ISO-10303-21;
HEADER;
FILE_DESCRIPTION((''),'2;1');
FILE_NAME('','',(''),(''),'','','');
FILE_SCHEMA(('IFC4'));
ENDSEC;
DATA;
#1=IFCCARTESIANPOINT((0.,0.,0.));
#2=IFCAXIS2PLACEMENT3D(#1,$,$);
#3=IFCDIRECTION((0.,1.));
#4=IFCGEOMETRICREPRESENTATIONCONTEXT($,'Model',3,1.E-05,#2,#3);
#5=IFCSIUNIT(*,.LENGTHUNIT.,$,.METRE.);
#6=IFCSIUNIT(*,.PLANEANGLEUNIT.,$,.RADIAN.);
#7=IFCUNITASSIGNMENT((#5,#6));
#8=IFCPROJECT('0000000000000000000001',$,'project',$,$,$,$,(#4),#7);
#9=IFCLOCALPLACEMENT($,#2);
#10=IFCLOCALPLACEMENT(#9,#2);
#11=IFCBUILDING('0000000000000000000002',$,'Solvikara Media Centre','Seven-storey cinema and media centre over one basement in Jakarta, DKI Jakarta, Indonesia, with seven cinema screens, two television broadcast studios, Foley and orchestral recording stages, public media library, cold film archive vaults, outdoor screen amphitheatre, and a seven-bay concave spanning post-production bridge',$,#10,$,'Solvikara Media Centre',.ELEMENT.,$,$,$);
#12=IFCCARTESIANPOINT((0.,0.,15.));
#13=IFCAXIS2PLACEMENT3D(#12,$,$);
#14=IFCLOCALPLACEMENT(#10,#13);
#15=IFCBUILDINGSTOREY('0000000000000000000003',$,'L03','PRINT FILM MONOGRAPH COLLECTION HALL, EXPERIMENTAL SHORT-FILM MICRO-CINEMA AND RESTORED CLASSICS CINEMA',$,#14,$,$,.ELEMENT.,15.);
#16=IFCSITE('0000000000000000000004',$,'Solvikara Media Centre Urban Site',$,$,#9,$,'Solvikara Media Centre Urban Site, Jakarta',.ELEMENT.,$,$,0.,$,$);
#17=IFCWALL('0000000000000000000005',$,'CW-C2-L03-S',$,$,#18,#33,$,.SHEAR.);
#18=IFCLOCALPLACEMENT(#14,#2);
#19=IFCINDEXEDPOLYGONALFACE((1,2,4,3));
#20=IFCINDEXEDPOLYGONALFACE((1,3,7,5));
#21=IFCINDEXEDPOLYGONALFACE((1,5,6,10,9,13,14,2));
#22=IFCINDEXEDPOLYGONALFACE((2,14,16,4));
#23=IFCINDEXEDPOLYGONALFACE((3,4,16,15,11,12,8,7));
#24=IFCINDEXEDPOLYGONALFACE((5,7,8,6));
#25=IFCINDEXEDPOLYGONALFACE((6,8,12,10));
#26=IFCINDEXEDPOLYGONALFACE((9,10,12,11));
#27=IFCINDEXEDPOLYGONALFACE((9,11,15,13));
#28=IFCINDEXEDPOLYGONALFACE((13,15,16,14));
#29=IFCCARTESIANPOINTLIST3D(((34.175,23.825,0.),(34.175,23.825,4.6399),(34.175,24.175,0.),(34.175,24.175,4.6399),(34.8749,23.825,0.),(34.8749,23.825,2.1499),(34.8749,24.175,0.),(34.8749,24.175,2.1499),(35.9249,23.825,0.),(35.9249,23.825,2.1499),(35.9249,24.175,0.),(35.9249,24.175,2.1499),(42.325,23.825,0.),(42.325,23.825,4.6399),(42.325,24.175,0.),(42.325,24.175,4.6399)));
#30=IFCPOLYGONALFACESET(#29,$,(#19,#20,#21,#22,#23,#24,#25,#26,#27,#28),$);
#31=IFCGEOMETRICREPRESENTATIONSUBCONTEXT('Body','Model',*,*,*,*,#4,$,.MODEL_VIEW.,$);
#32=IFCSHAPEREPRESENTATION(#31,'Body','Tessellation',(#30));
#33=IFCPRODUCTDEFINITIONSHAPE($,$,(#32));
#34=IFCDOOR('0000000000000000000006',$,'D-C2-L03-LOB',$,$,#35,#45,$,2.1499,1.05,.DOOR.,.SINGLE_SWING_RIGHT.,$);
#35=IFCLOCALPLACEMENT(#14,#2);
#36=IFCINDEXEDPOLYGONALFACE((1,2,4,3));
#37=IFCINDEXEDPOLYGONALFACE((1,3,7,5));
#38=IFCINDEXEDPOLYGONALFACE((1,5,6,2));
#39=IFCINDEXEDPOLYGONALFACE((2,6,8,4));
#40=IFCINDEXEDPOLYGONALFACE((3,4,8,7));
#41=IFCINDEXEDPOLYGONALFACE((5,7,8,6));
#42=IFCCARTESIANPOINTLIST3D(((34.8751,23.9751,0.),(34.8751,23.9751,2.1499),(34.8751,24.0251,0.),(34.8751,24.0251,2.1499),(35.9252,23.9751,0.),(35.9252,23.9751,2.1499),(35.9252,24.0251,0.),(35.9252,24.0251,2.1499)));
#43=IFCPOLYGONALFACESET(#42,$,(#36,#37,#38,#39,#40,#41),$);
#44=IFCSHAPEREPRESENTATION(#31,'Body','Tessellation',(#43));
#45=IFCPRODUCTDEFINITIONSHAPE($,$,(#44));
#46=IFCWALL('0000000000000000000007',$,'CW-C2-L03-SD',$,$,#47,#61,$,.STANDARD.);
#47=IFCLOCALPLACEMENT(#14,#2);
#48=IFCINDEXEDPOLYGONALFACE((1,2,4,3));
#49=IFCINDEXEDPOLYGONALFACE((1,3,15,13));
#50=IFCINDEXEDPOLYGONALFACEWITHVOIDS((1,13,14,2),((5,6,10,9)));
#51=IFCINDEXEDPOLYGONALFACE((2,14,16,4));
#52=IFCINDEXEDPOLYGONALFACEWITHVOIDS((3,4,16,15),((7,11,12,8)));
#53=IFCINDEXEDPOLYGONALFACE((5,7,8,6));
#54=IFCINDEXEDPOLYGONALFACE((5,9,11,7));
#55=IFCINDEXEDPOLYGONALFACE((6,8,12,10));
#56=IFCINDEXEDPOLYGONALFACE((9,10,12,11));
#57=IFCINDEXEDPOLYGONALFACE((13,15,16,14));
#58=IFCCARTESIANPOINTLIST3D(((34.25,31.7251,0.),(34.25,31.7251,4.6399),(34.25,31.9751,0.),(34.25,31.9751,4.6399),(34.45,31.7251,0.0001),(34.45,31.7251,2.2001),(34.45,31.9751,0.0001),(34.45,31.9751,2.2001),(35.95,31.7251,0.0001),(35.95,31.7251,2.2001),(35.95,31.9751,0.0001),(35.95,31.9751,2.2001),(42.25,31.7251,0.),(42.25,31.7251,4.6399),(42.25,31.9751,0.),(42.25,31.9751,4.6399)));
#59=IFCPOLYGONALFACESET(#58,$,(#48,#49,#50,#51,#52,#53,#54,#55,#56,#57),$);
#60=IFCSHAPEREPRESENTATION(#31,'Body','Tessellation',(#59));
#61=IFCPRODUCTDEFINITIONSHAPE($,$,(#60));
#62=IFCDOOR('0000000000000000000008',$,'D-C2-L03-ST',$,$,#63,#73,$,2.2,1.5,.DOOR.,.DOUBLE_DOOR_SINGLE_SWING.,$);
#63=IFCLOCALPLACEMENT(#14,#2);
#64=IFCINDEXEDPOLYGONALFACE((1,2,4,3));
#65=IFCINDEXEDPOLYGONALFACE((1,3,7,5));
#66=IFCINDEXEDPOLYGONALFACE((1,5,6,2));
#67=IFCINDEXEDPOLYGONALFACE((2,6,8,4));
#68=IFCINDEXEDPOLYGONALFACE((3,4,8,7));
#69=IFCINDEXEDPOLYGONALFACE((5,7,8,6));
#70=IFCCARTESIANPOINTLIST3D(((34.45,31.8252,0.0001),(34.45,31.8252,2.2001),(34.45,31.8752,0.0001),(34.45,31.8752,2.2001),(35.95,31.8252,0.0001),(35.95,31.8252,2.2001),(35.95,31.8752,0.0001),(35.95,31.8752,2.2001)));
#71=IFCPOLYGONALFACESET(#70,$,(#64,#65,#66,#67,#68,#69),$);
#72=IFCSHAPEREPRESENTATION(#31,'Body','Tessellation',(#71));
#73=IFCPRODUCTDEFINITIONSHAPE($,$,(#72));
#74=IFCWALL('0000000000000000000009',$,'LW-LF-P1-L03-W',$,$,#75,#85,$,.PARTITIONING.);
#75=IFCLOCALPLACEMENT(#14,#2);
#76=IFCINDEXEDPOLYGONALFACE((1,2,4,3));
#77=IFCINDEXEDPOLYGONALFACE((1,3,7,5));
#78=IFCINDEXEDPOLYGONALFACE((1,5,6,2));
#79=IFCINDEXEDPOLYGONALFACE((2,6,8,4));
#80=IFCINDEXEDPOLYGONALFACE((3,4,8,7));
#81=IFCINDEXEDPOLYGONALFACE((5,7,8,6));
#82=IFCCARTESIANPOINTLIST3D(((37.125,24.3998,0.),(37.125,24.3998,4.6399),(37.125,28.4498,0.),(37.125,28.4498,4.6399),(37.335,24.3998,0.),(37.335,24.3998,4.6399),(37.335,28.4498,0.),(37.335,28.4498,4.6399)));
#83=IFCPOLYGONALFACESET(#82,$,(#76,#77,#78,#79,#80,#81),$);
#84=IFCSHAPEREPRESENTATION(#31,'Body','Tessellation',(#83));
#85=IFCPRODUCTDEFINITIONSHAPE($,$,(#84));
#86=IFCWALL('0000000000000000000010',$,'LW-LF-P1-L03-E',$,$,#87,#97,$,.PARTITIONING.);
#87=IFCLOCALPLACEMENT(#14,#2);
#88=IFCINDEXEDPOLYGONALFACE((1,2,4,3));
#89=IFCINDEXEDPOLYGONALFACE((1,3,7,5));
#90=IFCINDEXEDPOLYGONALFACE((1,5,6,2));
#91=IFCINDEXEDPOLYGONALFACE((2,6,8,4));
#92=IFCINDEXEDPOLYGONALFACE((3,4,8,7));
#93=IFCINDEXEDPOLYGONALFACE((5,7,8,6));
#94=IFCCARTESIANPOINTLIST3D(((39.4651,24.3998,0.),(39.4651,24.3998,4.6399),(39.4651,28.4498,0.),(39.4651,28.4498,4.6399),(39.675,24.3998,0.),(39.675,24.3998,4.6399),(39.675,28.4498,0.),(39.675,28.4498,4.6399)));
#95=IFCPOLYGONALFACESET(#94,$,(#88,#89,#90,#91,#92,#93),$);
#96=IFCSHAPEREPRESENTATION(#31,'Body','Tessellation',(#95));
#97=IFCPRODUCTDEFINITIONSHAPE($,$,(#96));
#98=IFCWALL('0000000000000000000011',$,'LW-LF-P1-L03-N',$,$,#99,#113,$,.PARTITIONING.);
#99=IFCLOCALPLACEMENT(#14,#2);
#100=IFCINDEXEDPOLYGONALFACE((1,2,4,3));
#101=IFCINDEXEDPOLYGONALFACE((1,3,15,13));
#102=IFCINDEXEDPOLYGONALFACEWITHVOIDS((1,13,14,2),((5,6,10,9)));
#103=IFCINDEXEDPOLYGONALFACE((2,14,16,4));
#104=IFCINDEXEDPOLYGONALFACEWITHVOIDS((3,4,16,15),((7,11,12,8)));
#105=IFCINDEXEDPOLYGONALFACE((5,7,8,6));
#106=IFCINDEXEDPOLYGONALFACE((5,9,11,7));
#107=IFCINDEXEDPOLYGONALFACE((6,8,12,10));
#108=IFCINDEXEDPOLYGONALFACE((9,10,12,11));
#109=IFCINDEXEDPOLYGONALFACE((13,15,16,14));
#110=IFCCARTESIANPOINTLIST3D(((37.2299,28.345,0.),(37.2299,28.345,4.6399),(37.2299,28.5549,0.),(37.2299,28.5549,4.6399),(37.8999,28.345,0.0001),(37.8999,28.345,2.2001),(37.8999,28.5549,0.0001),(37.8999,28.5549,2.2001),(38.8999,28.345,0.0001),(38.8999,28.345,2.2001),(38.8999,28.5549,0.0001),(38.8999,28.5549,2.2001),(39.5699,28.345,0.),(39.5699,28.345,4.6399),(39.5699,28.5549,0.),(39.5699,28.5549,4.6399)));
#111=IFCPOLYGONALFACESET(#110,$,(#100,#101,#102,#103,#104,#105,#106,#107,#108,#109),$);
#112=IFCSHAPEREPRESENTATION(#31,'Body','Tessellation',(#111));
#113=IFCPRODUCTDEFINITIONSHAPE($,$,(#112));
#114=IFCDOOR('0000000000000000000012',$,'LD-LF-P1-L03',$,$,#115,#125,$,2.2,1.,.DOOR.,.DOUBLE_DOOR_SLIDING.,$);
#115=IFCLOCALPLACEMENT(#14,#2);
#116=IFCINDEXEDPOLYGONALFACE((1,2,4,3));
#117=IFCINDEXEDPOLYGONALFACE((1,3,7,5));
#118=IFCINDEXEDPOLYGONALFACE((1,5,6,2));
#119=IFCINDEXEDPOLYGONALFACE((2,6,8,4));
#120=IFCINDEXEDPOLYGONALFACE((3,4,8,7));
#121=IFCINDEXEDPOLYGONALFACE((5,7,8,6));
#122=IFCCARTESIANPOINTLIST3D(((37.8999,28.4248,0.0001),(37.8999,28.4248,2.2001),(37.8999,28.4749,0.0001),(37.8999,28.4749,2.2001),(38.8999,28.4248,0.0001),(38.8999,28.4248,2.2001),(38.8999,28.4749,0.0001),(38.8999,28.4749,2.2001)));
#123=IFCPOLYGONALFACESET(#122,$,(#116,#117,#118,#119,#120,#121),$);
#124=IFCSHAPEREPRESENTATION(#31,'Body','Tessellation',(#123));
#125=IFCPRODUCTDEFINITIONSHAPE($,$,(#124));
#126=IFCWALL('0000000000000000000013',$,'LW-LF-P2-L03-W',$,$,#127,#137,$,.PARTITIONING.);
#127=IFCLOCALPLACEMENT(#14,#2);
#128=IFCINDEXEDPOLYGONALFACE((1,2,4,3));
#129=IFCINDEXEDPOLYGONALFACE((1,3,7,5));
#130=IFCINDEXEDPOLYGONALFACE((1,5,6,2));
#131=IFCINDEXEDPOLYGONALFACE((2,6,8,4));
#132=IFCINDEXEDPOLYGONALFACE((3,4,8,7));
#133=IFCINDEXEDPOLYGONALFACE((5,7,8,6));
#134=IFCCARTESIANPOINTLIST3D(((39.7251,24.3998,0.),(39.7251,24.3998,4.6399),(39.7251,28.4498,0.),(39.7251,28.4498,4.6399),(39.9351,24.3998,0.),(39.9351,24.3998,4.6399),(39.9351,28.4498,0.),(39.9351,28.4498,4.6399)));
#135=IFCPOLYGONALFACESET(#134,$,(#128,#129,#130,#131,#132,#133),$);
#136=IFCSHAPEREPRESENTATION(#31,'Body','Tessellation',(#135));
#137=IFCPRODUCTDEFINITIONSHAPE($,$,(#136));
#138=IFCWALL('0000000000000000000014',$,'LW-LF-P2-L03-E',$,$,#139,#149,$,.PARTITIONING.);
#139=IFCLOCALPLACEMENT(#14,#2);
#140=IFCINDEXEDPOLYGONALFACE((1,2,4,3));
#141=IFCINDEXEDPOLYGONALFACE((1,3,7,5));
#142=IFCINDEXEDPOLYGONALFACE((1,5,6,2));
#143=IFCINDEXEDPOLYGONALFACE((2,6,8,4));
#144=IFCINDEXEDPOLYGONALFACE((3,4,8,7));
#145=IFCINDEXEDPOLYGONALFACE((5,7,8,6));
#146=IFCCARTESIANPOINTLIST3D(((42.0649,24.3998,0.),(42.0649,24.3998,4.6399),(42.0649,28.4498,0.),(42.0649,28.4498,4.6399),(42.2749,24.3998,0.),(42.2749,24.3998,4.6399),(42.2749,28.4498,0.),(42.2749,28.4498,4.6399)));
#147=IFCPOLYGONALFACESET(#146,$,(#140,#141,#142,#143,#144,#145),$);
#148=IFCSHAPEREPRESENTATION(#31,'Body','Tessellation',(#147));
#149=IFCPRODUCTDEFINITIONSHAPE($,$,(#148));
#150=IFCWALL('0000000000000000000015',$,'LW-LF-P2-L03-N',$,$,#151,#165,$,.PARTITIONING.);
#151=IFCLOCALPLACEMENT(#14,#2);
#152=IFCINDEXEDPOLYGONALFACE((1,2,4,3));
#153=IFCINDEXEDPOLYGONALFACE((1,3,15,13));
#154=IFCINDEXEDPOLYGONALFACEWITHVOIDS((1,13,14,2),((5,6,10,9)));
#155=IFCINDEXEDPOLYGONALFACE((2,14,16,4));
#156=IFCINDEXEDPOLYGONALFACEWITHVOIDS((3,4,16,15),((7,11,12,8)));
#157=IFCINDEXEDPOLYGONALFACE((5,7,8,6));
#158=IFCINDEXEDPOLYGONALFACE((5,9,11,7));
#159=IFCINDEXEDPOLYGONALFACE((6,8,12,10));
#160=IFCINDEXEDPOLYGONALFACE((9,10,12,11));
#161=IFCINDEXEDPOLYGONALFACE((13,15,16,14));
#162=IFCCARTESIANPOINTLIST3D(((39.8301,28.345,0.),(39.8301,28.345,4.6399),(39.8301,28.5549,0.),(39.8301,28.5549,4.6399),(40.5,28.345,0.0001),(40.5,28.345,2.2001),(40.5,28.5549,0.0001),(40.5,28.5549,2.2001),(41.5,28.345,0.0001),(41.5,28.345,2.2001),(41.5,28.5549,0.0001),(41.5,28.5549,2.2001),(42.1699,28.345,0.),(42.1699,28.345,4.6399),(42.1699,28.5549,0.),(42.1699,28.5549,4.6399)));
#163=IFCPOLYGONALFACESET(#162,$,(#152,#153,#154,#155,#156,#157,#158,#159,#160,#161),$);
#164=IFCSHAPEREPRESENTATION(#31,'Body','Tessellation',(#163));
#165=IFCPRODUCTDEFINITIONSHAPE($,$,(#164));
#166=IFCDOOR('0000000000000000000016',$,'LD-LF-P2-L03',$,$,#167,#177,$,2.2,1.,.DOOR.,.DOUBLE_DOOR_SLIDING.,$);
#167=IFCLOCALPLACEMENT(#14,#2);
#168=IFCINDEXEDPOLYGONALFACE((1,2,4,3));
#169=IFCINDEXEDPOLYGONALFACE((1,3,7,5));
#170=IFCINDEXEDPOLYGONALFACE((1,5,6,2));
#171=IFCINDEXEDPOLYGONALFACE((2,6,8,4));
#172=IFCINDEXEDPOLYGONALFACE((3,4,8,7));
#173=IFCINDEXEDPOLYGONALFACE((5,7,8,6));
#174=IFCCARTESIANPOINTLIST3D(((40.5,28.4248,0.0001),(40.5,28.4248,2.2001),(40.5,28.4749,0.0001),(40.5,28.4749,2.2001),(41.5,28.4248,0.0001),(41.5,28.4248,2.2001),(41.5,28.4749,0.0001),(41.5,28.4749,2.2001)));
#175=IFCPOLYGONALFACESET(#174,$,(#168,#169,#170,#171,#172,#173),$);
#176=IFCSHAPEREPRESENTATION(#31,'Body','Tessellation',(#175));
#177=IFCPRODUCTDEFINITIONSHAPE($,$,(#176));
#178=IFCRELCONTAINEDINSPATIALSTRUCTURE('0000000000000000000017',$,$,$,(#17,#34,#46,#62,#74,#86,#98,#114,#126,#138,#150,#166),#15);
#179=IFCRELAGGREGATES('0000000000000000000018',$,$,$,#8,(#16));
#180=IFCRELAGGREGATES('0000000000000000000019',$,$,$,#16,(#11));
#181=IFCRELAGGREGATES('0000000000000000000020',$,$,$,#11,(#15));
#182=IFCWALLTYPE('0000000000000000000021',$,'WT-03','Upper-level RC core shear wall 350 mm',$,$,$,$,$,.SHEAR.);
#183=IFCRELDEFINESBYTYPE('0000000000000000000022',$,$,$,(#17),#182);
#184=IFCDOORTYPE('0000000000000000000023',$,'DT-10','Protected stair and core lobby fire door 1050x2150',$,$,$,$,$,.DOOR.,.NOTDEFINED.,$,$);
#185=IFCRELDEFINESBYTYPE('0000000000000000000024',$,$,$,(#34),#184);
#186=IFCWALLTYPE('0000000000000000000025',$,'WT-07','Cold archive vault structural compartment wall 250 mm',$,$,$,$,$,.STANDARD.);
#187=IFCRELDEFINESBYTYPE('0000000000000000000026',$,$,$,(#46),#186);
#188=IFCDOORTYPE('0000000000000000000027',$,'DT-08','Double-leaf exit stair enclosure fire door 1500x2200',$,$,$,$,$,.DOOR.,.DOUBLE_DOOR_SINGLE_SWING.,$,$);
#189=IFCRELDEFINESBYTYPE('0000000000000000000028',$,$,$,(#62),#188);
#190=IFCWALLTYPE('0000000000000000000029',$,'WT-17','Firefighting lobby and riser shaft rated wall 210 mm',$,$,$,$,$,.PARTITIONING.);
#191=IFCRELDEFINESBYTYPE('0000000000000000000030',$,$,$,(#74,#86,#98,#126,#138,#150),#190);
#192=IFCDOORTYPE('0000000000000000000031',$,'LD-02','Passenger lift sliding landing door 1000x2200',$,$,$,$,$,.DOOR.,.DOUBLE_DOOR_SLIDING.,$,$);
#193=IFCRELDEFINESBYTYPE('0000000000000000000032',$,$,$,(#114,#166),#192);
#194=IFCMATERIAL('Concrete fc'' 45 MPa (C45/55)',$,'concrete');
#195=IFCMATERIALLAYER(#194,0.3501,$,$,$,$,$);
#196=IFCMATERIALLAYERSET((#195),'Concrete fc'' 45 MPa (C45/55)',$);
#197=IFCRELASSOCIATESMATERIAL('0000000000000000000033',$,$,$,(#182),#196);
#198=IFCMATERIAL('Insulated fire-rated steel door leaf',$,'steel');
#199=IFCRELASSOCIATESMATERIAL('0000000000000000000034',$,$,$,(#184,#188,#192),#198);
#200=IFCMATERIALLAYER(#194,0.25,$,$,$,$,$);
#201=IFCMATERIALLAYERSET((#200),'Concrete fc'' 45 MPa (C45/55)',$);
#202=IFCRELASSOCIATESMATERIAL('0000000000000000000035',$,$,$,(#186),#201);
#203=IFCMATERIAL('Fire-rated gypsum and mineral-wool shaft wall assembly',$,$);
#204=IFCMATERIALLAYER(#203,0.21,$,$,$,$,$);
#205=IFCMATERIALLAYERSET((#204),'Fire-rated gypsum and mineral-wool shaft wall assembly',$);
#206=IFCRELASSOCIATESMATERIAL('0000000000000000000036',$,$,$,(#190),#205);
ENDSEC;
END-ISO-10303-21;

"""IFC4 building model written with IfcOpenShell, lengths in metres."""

from ifc_helpers import new_model, si_unit, direction, frame, frame_2d, origin, place, context, subcontext, project, spatial, rectangle, extrude, material, layer, layer_set, type_object, element, fill, save


model = new_model("IFC4")

# Units and contexts
model_context = context("Model", 3, precision=1e-05, world=origin(), true_north=direction((0.0, 1.0)))
body_context = subcontext(model_context, "Body", "Model", "MODEL_VIEW")
ifc_project = project(units=[si_unit("LENGTHUNIT", "METRE"), si_unit("PLANEANGLEUNIT", "RADIAN")], contexts=[model_context])

# Site, building, storey
site_placement = place(None, origin())
site = spatial("IfcSite", under=ifc_project, at=site_placement, Name="Solvikara Media Centre Urban Site", LongName="Solvikara Media Centre Urban Site, Jakarta", CompositionType="ELEMENT", RefElevation=0.0)
building_placement = place(site_placement, origin())
building = spatial("IfcBuilding", under=site, at=building_placement, Name="Solvikara Media Centre", Description="Seven-storey cinema and media centre over one basement in Jakarta, DKI Jakarta, Indonesia, with seven cinema screens, two television broadcast studios, Foley and orchestral recording stages, public media library, cold film archive vaults, outdoor screen amphitheatre, and a seven-bay concave spanning post-production bridge", LongName="Solvikara Media Centre", CompositionType="ELEMENT")
storey_placement = place(building_placement, frame((0.0, 0.0, 15.0)))
storey = spatial("IfcBuildingStorey", under=building, at=storey_placement, Name="L03", Description="PRINT FILM MONOGRAPH COLLECTION HALL, EXPERIMENTAL SHORT-FILM MICRO-CINEMA AND RESTORED CLASSICS CINEMA", CompositionType="ELEMENT", Elevation=15.0)

# Shared definitions
ifc_material_1 = material(Name="Concrete fc' 45 MPa (C45/55)", Category="concrete")

# Shared definitions
ifc_layer_1 = layer(ifc_material_1, 0.3501)
ifc_layer_set_1 = layer_set([ifc_layer_1], Name="Concrete fc' 45 MPa (C45/55)")
wall_type_1 = type_object("IfcWallType", Name="WT-03", Description="Upper-level RC core shear wall 350 mm", PredefinedType="SHEAR", material=ifc_layer_set_1)

# Walls, openings, doors
wall_1_placement = place(storey_placement, frame((34.175, 24.0, 0.0), z_axis=(0.0, 0.0, 1.0), x_axis=(1.0, 0.0, 0.0)))
wall_1 = element("IfcWall", 1, at=wall_1_placement, inside=storey, type_object=wall_type_1, Name="CW-C2-L03-S", PredefinedType="SHEAR", context=body_context, shape_type="SweptSolid", body=[
    extrude(rectangle(XDim=8.1499, YDim=0.3501, at=frame_2d((4.075, 0.0))), origin(), (0.0, 0.0, 1.0), 4.6399),
])
opening_1_placement = place(wall_1_placement, frame((0.7, 0.0, 0.0)))
opening_1 = element("IfcOpeningElement", 2, at=opening_1_placement, cuts=wall_1, PredefinedType="OPENING", context=body_context, shape_type="SweptSolid", body=[
    extrude(rectangle(XDim=1.05, YDim=2.1499, at=frame_2d((0.5249, 1.075))), frame((0.0, 0.187, 0.0), z_axis=(0.0, -1.0, 0.0), x_axis=(1.0, 0.0, 0.0)), (0.0, 0.0, 1.0), 0.374),
])
ifc_material_2 = material(Name="Insulated fire-rated steel door leaf", Category="steel")
door_type_1 = type_object("IfcDoorType", Name="DT-10", Description="Protected stair and core lobby fire door 1050x2150", OperationType="NOTDEFINED", PredefinedType="DOOR", material=ifc_material_2)
door_1_placement = place(opening_1_placement, frame((1.05, 0.0, 0.0), z_axis=(0.0, 0.0, 1.0), x_axis=(-1.0, 0.0, 0.0)))
door_1 = element("IfcDoor", 3, at=door_1_placement, inside=storey, type_object=door_type_1, Name="D-C2-L03-LOB", OperationType="SINGLE_SWING_RIGHT", OverallHeight=2.1499, OverallWidth=1.05, PredefinedType="DOOR", context=body_context, shape_type="SweptSolid", body=[
    extrude(rectangle(XDim=1.05, YDim=2.1499, at=frame_2d((0.5249, 1.075))), frame((0.0, 0.0249, 0.0), z_axis=(0.0, -1.0, 0.0), x_axis=(1.0, 0.0, 0.0)), (0.0, 0.0, 1.0), 0.05),
])
fill(opening_1, door_1)
ifc_layer_2 = layer(ifc_material_1, 0.25)
ifc_layer_set_2 = layer_set([ifc_layer_2], Name="Concrete fc' 45 MPa (C45/55)")
wall_type_2 = type_object("IfcWallType", Name="WT-07", Description="Cold archive vault structural compartment wall 250 mm", PredefinedType="STANDARD", material=ifc_layer_set_2)
wall_2_placement = place(storey_placement, frame((34.25, 31.8501, 0.0), z_axis=(0.0, 0.0, 1.0), x_axis=(1.0, 0.0, 0.0)))
wall_2 = element("IfcWall", 4, at=wall_2_placement, inside=storey, type_object=wall_type_2, Name="CW-C2-L03-SD", PredefinedType="STANDARD", context=body_context, shape_type="SweptSolid", body=[
    extrude(rectangle(XDim=8.0, YDim=0.25, at=frame_2d((4.0, 0.0))), origin(), (0.0, 0.0, 1.0), 4.6399),
])
opening_2_placement = place(wall_2_placement, frame((0.2, 0.0, 0.0)))
opening_2 = element("IfcOpeningElement", 5, at=opening_2_placement, cuts=wall_2, PredefinedType="OPENING", context=body_context, shape_type="SweptSolid", body=[
    extrude(rectangle(XDim=1.5, YDim=2.2, at=frame_2d((0.75, 1.1001))), frame((0.0, 0.137, 0.0), z_axis=(0.0, -1.0, 0.0), x_axis=(1.0, 0.0, 0.0)), (0.0, 0.0, 1.0), 0.2739),
])
door_type_2 = type_object("IfcDoorType", Name="DT-08", Description="Double-leaf exit stair enclosure fire door 1500x2200", OperationType="DOUBLE_DOOR_SINGLE_SWING", PredefinedType="DOOR", material=ifc_material_2)
door_2_placement = place(opening_2_placement, frame((1.5, 0.0, 0.0), z_axis=(0.0, 0.0, 1.0), x_axis=(-1.0, 0.0, 0.0)))
door_2 = element("IfcDoor", 6, at=door_2_placement, inside=storey, type_object=door_type_2, Name="D-C2-L03-ST", OperationType="DOUBLE_DOOR_SINGLE_SWING", OverallHeight=2.2, OverallWidth=1.5, PredefinedType="DOOR", context=body_context, shape_type="SweptSolid", body=[
    extrude(rectangle(XDim=1.5, YDim=2.2, at=frame_2d((0.75, 1.1001))), frame((0.0, 0.0249, 0.0), z_axis=(0.0, -1.0, 0.0), x_axis=(1.0, 0.0, 0.0)), (0.0, 0.0, 1.0), 0.05),
])
fill(opening_2, door_2)

# Walls
ifc_material_3 = material(Name="Fire-rated gypsum and mineral-wool shaft wall assembly")
ifc_layer_3 = layer(ifc_material_3, 0.21)
ifc_layer_set_3 = layer_set([ifc_layer_3], Name="Fire-rated gypsum and mineral-wool shaft wall assembly")
wall_type_3 = type_object("IfcWallType", Name="WT-17", Description="Firefighting lobby and riser shaft rated wall 210 mm", PredefinedType="PARTITIONING", material=ifc_layer_set_3)
for number, where, z_axis, x_axis, name in (
    (7, (37.23, 24.3999, 0.0), (0.0, 0.0, 1.0), (0.0, 1.0, 0.0), "LW-LF-P1-L03-W"),
    (8, (39.5701, 24.3999, 0.0), (0.0, 0.0, 1.0), (0.0, 1.0, 0.0), "LW-LF-P1-L03-E"),
):
    element("IfcWall", number, at=place(storey_placement, frame(where, z_axis=z_axis, x_axis=x_axis)), inside=storey, type_object=wall_type_3, Name=name, PredefinedType="PARTITIONING", context=body_context, shape_type="SweptSolid", body=[
        extrude(rectangle(XDim=4.05, YDim=0.21, at=frame_2d((2.0249, 0.0))), origin(), (0.0, 0.0, 1.0), 4.6399),
    ])

# Wall, opening, door
wall_3_placement = place(storey_placement, frame((37.23, 28.45, 0.0), z_axis=(0.0, 0.0, 1.0), x_axis=(1.0, 0.0, 0.0)))
wall_3 = element("IfcWall", 9, at=wall_3_placement, inside=storey, type_object=wall_type_3, Name="LW-LF-P1-L03-N", PredefinedType="PARTITIONING", context=body_context, shape_type="SweptSolid", body=[
    extrude(rectangle(XDim=2.3401, YDim=0.21, at=frame_2d((1.1699, 0.0))), origin(), (0.0, 0.0, 1.0), 4.6399),
])
opening_3_placement = place(wall_3_placement, frame((0.6699, 0.0, 0.0)))
opening_3 = element("IfcOpeningElement", 10, at=opening_3_placement, cuts=wall_3, PredefinedType="OPENING", context=body_context, shape_type="SweptSolid", body=[
    extrude(rectangle(XDim=1.0, YDim=2.2, at=frame_2d((0.5, 1.1001))), frame((0.0, 0.1169, 0.0), z_axis=(0.0, -1.0, 0.0), x_axis=(1.0, 0.0, 0.0)), (0.0, 0.0, 1.0), 0.2339),
])
door_type_3 = type_object("IfcDoorType", Name="LD-02", Description="Passenger lift sliding landing door 1000x2200", OperationType="DOUBLE_DOOR_SLIDING", PredefinedType="DOOR", material=ifc_material_2)
door_3_placement = place(opening_3_placement, origin())
door_3 = element("IfcDoor", 11, at=door_3_placement, inside=storey, type_object=door_type_3, Name="LD-LF-P1-L03", OperationType="DOUBLE_DOOR_SLIDING", OverallHeight=2.2, OverallWidth=1.0, PredefinedType="DOOR", context=body_context, shape_type="SweptSolid", body=[
    extrude(rectangle(XDim=1.0, YDim=2.2, at=frame_2d((0.5, 1.1001))), frame((0.0, 0.0249, 0.0), z_axis=(0.0, -1.0, 0.0), x_axis=(1.0, 0.0, 0.0)), (0.0, 0.0, 1.0), 0.05),
])
fill(opening_3, door_3)

# Walls
for number, where, z_axis, x_axis, name in (
    (12, (39.8301, 24.3999, 0.0), (0.0, 0.0, 1.0), (0.0, 1.0, 0.0), "LW-LF-P2-L03-W"),
    (13, (42.1699, 24.3999, 0.0), (0.0, 0.0, 1.0), (0.0, 1.0, 0.0), "LW-LF-P2-L03-E"),
):
    element("IfcWall", number, at=place(storey_placement, frame(where, z_axis=z_axis, x_axis=x_axis)), inside=storey, type_object=wall_type_3, Name=name, PredefinedType="PARTITIONING", context=body_context, shape_type="SweptSolid", body=[
        extrude(rectangle(XDim=4.05, YDim=0.21, at=frame_2d((2.0249, 0.0))), origin(), (0.0, 0.0, 1.0), 4.6399),
    ])

# Wall, opening, door
wall_4_placement = place(storey_placement, frame((39.8301, 28.45, 0.0), z_axis=(0.0, 0.0, 1.0), x_axis=(1.0, 0.0, 0.0)))
wall_4 = element("IfcWall", 14, at=wall_4_placement, inside=storey, type_object=wall_type_3, Name="LW-LF-P2-L03-N", PredefinedType="PARTITIONING", context=body_context, shape_type="SweptSolid", body=[
    extrude(rectangle(XDim=2.3398, YDim=0.21, at=frame_2d((1.1699, 0.0))), origin(), (0.0, 0.0, 1.0), 4.6399),
])
opening_4_placement = place(wall_4_placement, frame((0.6699, 0.0, 0.0)))
opening_4 = element("IfcOpeningElement", 15, at=opening_4_placement, cuts=wall_4, PredefinedType="OPENING", context=body_context, shape_type="SweptSolid", body=[
    extrude(rectangle(XDim=1.0, YDim=2.2, at=frame_2d((0.5, 1.1001))), frame((0.0, 0.1169, 0.0), z_axis=(0.0, -1.0, 0.0), x_axis=(1.0, 0.0, 0.0)), (0.0, 0.0, 1.0), 0.2339),
])
door_4_placement = place(opening_4_placement, origin())
door_4 = element("IfcDoor", 16, at=door_4_placement, inside=storey, type_object=door_type_3, Name="LD-LF-P2-L03", OperationType="DOUBLE_DOOR_SLIDING", OverallHeight=2.2, OverallWidth=1.0, PredefinedType="DOOR", context=body_context, shape_type="SweptSolid", body=[
    extrude(rectangle(XDim=1.0, YDim=2.2, at=frame_2d((0.5, 1.1001))), frame((0.0, 0.0249, 0.0), z_axis=(0.0, -1.0, 0.0), x_axis=(1.0, 0.0, 0.0)), (0.0, 0.0, 1.0), 0.05),
])
fill(opening_4, door_4)

save(model, "model.ifc")
